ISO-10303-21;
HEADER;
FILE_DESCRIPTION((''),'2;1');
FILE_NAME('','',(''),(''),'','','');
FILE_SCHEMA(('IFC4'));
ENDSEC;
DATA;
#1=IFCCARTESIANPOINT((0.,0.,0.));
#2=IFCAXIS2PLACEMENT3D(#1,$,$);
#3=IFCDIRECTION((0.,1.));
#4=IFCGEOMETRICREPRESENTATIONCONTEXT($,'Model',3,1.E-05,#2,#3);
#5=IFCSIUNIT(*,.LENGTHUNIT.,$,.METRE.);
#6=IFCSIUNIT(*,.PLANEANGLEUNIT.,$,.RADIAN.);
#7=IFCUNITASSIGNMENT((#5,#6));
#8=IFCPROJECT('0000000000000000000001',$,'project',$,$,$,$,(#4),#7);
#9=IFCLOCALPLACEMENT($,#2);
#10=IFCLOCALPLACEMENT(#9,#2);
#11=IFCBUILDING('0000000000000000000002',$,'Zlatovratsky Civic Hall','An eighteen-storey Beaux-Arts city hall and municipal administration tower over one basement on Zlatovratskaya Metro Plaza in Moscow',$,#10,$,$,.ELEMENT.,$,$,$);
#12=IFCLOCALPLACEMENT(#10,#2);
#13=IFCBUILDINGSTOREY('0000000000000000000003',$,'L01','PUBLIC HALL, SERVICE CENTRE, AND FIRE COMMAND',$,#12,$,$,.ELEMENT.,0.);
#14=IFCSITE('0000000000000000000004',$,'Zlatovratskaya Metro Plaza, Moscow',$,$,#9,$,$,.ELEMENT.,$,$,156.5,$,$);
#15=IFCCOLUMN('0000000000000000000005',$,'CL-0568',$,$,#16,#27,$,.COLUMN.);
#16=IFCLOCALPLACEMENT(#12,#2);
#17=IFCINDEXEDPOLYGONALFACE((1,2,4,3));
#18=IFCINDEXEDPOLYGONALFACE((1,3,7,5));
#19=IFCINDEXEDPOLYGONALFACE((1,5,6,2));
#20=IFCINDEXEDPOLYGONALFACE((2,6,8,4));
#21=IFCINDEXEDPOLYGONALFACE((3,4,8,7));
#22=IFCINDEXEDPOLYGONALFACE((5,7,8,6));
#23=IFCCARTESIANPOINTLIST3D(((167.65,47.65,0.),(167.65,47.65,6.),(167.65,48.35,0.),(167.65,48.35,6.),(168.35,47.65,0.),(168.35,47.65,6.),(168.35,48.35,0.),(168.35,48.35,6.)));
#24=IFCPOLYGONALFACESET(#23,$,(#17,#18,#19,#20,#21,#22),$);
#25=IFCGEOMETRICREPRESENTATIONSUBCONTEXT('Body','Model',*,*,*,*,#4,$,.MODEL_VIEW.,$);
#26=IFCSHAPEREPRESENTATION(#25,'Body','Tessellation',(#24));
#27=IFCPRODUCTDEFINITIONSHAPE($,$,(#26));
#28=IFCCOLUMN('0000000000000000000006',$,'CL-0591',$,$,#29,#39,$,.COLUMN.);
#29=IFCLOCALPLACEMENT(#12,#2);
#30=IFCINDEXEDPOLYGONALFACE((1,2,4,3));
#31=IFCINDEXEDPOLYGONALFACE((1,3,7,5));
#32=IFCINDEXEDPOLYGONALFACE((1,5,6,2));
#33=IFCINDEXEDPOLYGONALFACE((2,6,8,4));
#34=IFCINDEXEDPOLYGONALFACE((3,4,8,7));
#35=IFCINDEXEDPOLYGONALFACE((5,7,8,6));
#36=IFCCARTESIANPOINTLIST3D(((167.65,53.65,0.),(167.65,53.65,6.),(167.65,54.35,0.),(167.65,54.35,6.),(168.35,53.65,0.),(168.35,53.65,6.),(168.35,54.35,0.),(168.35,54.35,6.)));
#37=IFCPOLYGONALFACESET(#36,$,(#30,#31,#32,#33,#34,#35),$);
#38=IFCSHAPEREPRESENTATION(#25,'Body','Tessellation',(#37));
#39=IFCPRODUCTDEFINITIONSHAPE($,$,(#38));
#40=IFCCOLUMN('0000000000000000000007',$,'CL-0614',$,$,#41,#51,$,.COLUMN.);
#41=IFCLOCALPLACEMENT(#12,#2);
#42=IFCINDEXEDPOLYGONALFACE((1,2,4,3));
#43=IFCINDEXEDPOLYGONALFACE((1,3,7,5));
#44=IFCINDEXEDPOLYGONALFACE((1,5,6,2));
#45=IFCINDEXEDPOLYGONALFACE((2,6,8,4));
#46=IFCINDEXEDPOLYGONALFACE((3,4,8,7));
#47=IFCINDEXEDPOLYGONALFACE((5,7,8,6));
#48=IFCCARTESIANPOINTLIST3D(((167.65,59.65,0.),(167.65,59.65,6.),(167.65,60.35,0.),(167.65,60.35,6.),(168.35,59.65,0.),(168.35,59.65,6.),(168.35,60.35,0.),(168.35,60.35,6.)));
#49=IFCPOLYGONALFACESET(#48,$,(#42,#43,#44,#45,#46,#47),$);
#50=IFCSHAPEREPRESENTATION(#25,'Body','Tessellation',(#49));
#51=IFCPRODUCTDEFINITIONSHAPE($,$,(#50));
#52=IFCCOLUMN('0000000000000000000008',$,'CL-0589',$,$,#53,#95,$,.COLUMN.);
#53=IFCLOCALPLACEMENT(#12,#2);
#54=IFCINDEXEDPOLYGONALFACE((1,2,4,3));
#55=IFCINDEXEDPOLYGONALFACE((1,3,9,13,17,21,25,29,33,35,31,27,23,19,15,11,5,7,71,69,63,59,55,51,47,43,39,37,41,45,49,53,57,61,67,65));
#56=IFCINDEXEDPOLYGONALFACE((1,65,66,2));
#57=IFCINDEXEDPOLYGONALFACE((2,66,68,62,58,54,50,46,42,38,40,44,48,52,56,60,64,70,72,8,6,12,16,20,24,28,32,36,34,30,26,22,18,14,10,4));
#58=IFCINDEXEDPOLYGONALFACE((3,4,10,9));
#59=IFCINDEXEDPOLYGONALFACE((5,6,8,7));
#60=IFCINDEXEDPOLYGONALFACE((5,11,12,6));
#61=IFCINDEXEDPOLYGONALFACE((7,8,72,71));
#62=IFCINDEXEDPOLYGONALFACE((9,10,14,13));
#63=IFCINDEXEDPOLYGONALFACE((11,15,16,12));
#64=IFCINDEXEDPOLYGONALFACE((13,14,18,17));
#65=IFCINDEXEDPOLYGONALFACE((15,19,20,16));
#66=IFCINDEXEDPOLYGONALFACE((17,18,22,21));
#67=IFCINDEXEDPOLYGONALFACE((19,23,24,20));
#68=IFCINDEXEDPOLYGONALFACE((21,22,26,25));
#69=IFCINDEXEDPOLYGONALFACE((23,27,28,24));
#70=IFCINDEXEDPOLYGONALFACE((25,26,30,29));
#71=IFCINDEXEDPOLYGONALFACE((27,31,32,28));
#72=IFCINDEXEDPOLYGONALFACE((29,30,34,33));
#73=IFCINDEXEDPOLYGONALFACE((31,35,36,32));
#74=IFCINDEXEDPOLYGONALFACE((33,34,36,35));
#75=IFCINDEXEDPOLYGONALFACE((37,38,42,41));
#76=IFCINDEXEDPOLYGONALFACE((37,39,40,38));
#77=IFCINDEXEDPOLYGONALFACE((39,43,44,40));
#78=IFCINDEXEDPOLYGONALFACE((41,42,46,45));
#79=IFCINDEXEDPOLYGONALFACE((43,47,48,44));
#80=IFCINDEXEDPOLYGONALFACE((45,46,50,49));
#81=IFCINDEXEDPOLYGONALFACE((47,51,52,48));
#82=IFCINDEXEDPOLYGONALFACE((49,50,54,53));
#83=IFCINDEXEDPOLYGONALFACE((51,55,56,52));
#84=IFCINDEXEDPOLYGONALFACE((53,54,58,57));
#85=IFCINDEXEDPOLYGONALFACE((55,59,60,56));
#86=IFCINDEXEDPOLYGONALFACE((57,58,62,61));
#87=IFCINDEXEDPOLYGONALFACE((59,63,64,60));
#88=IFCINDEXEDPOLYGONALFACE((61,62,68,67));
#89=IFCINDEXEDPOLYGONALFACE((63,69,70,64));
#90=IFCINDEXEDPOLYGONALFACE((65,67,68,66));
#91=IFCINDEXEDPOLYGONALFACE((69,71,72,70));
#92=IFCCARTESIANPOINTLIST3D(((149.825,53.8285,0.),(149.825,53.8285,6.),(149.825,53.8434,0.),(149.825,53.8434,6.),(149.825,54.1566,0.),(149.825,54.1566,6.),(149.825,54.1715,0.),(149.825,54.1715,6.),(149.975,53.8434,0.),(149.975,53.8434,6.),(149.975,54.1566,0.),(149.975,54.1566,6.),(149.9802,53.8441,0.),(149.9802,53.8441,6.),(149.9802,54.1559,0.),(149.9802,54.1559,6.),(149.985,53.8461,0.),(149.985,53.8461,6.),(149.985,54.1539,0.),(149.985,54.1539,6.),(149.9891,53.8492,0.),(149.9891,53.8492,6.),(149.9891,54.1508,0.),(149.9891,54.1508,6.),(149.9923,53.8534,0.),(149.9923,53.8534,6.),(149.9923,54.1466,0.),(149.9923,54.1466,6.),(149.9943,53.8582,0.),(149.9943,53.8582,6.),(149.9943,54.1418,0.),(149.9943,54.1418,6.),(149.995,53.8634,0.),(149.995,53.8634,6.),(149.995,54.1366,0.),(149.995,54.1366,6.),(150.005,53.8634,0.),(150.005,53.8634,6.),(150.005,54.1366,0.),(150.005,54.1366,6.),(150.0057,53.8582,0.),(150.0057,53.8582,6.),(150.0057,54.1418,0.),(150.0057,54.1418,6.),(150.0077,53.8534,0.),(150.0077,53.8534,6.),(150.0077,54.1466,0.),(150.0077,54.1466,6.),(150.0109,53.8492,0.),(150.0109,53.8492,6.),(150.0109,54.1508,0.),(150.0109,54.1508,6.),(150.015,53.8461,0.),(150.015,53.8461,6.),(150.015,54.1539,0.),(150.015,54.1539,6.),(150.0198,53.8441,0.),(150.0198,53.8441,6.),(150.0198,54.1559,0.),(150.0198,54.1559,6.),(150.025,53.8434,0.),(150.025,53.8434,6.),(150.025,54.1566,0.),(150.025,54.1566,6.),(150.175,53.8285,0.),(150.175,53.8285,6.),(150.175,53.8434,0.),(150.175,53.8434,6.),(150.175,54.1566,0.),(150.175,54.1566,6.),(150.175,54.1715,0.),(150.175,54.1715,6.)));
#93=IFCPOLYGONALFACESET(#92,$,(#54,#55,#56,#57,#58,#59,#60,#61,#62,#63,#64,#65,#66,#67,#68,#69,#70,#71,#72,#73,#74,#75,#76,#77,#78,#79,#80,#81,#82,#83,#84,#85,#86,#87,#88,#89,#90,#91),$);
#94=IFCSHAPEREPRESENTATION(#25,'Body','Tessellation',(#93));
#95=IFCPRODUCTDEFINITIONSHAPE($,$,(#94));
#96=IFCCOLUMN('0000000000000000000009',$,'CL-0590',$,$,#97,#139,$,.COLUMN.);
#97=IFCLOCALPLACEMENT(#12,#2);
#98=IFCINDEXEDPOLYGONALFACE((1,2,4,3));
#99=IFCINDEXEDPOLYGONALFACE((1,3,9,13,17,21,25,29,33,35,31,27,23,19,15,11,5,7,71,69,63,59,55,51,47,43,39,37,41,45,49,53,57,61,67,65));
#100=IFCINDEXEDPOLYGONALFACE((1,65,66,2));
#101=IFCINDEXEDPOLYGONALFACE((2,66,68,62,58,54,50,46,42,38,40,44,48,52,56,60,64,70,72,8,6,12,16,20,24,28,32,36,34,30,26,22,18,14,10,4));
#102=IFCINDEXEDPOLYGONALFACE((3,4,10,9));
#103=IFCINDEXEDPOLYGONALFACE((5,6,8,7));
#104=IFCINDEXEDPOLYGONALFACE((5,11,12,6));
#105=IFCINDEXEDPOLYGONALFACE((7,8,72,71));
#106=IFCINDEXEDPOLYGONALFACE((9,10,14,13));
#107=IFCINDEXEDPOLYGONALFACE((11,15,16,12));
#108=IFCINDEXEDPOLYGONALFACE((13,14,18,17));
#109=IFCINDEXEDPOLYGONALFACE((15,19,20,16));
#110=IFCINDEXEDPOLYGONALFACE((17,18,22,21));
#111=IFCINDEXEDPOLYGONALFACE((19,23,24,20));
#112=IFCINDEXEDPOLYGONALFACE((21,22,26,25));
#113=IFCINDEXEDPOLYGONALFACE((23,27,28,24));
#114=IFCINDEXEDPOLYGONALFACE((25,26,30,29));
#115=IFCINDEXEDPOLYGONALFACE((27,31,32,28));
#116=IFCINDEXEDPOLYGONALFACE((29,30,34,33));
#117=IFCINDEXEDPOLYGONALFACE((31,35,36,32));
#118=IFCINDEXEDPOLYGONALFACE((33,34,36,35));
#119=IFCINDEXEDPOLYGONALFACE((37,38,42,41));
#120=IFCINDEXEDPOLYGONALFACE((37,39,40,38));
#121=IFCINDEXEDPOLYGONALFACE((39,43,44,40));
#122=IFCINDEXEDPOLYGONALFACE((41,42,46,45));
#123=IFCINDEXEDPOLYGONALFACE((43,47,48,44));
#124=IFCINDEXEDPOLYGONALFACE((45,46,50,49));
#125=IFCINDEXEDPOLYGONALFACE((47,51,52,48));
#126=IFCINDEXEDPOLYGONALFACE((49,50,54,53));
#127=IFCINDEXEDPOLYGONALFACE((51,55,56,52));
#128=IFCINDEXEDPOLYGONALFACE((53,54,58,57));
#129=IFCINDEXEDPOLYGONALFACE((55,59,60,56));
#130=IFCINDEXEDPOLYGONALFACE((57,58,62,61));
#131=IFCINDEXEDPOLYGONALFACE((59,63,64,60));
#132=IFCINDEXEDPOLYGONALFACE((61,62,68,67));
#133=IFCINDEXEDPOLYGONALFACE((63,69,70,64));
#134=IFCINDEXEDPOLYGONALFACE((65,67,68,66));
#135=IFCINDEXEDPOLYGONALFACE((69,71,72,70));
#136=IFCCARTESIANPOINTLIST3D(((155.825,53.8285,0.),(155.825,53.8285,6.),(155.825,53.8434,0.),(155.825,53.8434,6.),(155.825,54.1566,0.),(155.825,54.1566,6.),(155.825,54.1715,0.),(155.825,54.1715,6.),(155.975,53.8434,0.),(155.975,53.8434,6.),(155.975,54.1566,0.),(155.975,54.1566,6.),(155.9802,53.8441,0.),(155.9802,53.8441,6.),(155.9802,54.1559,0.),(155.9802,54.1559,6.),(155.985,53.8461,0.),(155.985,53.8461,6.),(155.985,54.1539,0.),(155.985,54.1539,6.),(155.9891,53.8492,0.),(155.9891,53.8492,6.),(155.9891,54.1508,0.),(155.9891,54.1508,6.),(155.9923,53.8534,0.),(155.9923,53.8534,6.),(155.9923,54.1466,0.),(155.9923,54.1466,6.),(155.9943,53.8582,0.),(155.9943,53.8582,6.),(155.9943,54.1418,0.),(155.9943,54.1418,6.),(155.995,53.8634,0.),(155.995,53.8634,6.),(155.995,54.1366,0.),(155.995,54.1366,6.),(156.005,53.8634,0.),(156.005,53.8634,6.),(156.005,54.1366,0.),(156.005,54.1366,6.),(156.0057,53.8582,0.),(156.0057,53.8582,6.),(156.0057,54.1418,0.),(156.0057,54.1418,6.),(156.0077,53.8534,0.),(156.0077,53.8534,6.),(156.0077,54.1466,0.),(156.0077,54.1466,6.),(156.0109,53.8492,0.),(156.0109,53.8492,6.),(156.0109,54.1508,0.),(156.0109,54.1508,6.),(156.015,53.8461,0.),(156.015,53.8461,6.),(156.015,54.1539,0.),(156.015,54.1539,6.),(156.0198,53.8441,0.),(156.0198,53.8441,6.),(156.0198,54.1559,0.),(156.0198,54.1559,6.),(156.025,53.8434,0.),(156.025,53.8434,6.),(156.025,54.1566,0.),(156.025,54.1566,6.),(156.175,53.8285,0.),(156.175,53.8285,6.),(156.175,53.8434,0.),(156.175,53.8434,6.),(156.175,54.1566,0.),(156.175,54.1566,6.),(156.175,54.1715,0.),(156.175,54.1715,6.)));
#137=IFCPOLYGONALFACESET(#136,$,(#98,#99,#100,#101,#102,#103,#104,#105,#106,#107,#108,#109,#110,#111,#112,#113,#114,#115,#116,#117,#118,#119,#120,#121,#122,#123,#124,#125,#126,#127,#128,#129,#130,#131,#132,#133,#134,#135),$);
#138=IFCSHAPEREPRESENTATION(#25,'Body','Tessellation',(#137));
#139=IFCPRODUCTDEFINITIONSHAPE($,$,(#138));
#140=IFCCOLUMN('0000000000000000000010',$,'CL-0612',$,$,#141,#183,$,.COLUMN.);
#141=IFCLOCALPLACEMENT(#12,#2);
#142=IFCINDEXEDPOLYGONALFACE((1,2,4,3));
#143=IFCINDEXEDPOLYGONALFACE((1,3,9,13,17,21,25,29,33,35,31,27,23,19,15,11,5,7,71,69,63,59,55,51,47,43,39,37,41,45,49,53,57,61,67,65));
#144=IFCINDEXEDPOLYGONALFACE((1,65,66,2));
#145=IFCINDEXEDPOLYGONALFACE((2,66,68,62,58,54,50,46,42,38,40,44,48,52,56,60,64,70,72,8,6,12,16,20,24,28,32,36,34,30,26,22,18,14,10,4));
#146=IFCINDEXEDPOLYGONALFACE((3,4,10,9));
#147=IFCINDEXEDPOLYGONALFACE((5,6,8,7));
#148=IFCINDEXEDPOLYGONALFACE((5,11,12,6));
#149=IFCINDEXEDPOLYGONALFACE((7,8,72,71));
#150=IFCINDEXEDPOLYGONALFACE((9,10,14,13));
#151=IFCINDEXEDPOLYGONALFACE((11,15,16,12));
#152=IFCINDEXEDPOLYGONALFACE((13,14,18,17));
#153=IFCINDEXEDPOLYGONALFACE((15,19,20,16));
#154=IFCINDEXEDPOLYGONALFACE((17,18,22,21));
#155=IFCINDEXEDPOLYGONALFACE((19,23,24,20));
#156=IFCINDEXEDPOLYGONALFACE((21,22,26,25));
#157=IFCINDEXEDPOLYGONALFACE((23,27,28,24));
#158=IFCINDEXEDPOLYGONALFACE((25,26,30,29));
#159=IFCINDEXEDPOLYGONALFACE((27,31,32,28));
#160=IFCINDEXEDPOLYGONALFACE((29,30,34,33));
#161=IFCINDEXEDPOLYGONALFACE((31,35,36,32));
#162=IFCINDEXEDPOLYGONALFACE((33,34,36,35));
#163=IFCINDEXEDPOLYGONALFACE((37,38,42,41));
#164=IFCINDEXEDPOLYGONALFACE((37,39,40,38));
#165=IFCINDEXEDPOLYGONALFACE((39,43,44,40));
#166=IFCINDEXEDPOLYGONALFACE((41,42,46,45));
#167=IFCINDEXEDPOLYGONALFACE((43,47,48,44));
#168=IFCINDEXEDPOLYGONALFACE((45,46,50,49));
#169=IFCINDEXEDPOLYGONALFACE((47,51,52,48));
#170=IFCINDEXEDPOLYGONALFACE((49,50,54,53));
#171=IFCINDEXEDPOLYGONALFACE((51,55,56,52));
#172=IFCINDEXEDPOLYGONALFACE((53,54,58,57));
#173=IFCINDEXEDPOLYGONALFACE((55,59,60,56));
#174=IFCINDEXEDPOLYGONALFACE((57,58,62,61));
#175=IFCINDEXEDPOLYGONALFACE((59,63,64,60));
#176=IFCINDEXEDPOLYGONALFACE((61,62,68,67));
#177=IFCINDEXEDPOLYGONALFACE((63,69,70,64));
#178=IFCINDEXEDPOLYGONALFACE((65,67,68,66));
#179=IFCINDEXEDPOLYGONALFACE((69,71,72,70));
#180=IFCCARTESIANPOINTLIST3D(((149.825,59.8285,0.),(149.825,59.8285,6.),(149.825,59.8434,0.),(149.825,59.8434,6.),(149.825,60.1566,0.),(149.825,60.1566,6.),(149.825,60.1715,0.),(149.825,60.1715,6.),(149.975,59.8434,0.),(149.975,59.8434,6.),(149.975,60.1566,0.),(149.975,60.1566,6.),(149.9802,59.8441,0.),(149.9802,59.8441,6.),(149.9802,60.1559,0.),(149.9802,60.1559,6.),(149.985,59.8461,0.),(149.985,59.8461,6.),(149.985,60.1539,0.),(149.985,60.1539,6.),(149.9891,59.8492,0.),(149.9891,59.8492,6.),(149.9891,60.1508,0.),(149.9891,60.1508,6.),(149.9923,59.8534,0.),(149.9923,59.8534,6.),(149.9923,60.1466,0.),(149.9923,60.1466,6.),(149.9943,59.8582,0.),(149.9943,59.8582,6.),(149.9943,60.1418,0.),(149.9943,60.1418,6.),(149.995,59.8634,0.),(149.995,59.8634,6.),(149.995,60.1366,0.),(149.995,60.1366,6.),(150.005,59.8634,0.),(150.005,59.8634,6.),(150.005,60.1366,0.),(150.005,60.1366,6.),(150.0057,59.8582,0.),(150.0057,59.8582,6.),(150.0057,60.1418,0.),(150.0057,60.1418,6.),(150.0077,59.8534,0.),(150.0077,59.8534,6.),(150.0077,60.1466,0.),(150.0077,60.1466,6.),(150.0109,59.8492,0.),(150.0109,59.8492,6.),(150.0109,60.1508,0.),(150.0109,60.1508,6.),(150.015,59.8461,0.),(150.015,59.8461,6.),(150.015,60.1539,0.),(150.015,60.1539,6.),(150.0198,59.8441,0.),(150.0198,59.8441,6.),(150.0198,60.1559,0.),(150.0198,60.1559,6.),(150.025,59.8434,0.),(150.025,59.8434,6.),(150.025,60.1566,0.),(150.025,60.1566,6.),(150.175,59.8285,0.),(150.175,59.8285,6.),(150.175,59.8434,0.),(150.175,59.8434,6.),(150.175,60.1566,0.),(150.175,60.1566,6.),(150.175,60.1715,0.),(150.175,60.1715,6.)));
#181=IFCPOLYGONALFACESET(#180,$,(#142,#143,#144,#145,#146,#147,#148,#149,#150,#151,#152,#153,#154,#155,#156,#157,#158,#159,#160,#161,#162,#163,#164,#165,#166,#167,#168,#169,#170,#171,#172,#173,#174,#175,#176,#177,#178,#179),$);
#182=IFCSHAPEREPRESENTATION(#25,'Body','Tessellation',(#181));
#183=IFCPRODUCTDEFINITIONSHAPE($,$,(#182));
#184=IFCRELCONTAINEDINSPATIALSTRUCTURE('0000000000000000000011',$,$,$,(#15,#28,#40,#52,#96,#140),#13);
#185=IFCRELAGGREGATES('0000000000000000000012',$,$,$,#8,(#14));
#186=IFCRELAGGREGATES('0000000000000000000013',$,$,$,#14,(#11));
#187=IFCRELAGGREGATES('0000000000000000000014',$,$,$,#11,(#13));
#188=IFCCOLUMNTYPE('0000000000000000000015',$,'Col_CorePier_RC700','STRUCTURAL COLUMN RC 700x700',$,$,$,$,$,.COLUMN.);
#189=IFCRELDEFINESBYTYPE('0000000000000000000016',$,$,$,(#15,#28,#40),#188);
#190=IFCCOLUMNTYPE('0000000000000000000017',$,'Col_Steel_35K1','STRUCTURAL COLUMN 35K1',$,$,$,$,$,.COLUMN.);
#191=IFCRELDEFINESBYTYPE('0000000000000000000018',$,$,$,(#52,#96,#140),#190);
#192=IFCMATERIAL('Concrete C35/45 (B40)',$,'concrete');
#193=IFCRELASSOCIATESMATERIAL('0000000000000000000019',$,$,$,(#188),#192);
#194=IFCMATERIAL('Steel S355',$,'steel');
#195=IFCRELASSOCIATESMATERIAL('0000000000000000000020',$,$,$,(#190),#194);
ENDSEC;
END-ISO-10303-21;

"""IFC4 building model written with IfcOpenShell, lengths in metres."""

from ifc_helpers import new_model, si_unit, direction, frame, origin, origin_2d, place, context, subcontext, project, spatial, rectangle, i_section, extrude, material, material_profile, profile_set, type_object, element, save


model = new_model("IFC4")

# Units and contexts
model_context = context("Model", 3, precision=1e-05, world=origin(), true_north=direction((0.0, 1.0)))
body_context = subcontext(model_context, "Body", "Model", "MODEL_VIEW")
ifc_project = project(units=[si_unit("LENGTHUNIT", "METRE"), si_unit("PLANEANGLEUNIT", "RADIAN")], contexts=[model_context])

# Site, building, storey
site_placement = place(None, origin())
site = spatial("IfcSite", under=ifc_project, at=site_placement, Name="Zlatovratskaya Metro Plaza, Moscow", CompositionType="ELEMENT", RefElevation=156.5)
building_placement = place(site_placement, origin())
building = spatial("IfcBuilding", under=site, at=building_placement, Name="Zlatovratsky Civic Hall", Description="An eighteen-storey Beaux-Arts city hall and municipal administration tower over one basement on Zlatovratskaya Metro Plaza in Moscow", CompositionType="ELEMENT")
storey_placement = place(building_placement, origin())
storey = spatial("IfcBuildingStorey", under=building, at=storey_placement, Name="L01", Description="PUBLIC HALL, SERVICE CENTRE, AND FIRE COMMAND", CompositionType="ELEMENT", Elevation=0.0)

# Columns
ifc_material_1 = material(Name="Concrete C35/45 (B40)", Category="concrete")
ifc_material_profile_1 = material_profile(ifc_material_1, rectangle(XDim=0.7, YDim=0.7, at=origin_2d()), Name="RC 700x700")
ifc_profile_set_1 = profile_set([ifc_material_profile_1], Name="Concrete C35/45 (B40)")
column_type_1 = type_object("IfcColumnType", Name="Col_CorePier_RC700", Description="STRUCTURAL COLUMN RC 700x700", PredefinedType="COLUMN", material=ifc_profile_set_1)
for number, where, z_axis, x_axis, name in (
    (1, (168.0, 48.0, 0.0), (0.0, 0.0, 1.0), (1.0, 0.0, 0.0), "CL-0568"),
    (2, (168.0, 54.0, 0.0), (0.0, 0.0, 1.0), (1.0, 0.0, 0.0), "CL-0591"),
    (3, (168.0, 60.0, 0.0), (0.0, 0.0, 1.0), (1.0, 0.0, 0.0), "CL-0614"),
):
    element("IfcColumn", number, at=place(storey_placement, frame(where, z_axis=z_axis, x_axis=x_axis)), inside=storey, type_object=column_type_1, Name=name, PredefinedType="COLUMN", context=body_context, shape_type="SweptSolid", body=[
        extrude(rectangle(XDim=0.7, YDim=0.7, at=origin_2d()), origin(), (0.0, 0.0, 1.0), 6.0),
    ])
ifc_material_2 = material(Name="Steel S355", Category="steel")
ifc_material_profile_2 = material_profile(ifc_material_2, i_section(OverallWidth=0.3501, OverallDepth=0.343, WebThickness=0.01, FlangeThickness=0.0149, FilletRadius=0.02, at=origin_2d()), Name="35K1")
ifc_profile_set_2 = profile_set([ifc_material_profile_2], Name="Steel S355")
column_type_2 = type_object("IfcColumnType", Name="Col_Steel_35K1", Description="STRUCTURAL COLUMN 35K1", PredefinedType="COLUMN", material=ifc_profile_set_2)
for number, where, z_axis, x_axis, name in (
    (4, (150.0, 54.0, 0.0), (0.0, 0.0, 1.0), (1.0, 0.0, 0.0), "CL-0589"),
    (5, (156.0, 54.0, 0.0), (0.0, 0.0, 1.0), (1.0, 0.0, 0.0), "CL-0590"),
    (6, (150.0, 60.0, 0.0), (0.0, 0.0, 1.0), (1.0, 0.0, 0.0), "CL-0612"),
):
    element("IfcColumn", number, at=place(storey_placement, frame(where, z_axis=z_axis, x_axis=x_axis)), inside=storey, type_object=column_type_2, Name=name, PredefinedType="COLUMN", context=body_context, shape_type="SweptSolid", body=[
        extrude(i_section(OverallWidth=0.3501, OverallDepth=0.343, WebThickness=0.01, FlangeThickness=0.0149, FilletRadius=0.02, at=origin_2d()), origin(), (0.0, 0.0, 1.0), 6.0),
    ])

save(model, "model.ifc")
